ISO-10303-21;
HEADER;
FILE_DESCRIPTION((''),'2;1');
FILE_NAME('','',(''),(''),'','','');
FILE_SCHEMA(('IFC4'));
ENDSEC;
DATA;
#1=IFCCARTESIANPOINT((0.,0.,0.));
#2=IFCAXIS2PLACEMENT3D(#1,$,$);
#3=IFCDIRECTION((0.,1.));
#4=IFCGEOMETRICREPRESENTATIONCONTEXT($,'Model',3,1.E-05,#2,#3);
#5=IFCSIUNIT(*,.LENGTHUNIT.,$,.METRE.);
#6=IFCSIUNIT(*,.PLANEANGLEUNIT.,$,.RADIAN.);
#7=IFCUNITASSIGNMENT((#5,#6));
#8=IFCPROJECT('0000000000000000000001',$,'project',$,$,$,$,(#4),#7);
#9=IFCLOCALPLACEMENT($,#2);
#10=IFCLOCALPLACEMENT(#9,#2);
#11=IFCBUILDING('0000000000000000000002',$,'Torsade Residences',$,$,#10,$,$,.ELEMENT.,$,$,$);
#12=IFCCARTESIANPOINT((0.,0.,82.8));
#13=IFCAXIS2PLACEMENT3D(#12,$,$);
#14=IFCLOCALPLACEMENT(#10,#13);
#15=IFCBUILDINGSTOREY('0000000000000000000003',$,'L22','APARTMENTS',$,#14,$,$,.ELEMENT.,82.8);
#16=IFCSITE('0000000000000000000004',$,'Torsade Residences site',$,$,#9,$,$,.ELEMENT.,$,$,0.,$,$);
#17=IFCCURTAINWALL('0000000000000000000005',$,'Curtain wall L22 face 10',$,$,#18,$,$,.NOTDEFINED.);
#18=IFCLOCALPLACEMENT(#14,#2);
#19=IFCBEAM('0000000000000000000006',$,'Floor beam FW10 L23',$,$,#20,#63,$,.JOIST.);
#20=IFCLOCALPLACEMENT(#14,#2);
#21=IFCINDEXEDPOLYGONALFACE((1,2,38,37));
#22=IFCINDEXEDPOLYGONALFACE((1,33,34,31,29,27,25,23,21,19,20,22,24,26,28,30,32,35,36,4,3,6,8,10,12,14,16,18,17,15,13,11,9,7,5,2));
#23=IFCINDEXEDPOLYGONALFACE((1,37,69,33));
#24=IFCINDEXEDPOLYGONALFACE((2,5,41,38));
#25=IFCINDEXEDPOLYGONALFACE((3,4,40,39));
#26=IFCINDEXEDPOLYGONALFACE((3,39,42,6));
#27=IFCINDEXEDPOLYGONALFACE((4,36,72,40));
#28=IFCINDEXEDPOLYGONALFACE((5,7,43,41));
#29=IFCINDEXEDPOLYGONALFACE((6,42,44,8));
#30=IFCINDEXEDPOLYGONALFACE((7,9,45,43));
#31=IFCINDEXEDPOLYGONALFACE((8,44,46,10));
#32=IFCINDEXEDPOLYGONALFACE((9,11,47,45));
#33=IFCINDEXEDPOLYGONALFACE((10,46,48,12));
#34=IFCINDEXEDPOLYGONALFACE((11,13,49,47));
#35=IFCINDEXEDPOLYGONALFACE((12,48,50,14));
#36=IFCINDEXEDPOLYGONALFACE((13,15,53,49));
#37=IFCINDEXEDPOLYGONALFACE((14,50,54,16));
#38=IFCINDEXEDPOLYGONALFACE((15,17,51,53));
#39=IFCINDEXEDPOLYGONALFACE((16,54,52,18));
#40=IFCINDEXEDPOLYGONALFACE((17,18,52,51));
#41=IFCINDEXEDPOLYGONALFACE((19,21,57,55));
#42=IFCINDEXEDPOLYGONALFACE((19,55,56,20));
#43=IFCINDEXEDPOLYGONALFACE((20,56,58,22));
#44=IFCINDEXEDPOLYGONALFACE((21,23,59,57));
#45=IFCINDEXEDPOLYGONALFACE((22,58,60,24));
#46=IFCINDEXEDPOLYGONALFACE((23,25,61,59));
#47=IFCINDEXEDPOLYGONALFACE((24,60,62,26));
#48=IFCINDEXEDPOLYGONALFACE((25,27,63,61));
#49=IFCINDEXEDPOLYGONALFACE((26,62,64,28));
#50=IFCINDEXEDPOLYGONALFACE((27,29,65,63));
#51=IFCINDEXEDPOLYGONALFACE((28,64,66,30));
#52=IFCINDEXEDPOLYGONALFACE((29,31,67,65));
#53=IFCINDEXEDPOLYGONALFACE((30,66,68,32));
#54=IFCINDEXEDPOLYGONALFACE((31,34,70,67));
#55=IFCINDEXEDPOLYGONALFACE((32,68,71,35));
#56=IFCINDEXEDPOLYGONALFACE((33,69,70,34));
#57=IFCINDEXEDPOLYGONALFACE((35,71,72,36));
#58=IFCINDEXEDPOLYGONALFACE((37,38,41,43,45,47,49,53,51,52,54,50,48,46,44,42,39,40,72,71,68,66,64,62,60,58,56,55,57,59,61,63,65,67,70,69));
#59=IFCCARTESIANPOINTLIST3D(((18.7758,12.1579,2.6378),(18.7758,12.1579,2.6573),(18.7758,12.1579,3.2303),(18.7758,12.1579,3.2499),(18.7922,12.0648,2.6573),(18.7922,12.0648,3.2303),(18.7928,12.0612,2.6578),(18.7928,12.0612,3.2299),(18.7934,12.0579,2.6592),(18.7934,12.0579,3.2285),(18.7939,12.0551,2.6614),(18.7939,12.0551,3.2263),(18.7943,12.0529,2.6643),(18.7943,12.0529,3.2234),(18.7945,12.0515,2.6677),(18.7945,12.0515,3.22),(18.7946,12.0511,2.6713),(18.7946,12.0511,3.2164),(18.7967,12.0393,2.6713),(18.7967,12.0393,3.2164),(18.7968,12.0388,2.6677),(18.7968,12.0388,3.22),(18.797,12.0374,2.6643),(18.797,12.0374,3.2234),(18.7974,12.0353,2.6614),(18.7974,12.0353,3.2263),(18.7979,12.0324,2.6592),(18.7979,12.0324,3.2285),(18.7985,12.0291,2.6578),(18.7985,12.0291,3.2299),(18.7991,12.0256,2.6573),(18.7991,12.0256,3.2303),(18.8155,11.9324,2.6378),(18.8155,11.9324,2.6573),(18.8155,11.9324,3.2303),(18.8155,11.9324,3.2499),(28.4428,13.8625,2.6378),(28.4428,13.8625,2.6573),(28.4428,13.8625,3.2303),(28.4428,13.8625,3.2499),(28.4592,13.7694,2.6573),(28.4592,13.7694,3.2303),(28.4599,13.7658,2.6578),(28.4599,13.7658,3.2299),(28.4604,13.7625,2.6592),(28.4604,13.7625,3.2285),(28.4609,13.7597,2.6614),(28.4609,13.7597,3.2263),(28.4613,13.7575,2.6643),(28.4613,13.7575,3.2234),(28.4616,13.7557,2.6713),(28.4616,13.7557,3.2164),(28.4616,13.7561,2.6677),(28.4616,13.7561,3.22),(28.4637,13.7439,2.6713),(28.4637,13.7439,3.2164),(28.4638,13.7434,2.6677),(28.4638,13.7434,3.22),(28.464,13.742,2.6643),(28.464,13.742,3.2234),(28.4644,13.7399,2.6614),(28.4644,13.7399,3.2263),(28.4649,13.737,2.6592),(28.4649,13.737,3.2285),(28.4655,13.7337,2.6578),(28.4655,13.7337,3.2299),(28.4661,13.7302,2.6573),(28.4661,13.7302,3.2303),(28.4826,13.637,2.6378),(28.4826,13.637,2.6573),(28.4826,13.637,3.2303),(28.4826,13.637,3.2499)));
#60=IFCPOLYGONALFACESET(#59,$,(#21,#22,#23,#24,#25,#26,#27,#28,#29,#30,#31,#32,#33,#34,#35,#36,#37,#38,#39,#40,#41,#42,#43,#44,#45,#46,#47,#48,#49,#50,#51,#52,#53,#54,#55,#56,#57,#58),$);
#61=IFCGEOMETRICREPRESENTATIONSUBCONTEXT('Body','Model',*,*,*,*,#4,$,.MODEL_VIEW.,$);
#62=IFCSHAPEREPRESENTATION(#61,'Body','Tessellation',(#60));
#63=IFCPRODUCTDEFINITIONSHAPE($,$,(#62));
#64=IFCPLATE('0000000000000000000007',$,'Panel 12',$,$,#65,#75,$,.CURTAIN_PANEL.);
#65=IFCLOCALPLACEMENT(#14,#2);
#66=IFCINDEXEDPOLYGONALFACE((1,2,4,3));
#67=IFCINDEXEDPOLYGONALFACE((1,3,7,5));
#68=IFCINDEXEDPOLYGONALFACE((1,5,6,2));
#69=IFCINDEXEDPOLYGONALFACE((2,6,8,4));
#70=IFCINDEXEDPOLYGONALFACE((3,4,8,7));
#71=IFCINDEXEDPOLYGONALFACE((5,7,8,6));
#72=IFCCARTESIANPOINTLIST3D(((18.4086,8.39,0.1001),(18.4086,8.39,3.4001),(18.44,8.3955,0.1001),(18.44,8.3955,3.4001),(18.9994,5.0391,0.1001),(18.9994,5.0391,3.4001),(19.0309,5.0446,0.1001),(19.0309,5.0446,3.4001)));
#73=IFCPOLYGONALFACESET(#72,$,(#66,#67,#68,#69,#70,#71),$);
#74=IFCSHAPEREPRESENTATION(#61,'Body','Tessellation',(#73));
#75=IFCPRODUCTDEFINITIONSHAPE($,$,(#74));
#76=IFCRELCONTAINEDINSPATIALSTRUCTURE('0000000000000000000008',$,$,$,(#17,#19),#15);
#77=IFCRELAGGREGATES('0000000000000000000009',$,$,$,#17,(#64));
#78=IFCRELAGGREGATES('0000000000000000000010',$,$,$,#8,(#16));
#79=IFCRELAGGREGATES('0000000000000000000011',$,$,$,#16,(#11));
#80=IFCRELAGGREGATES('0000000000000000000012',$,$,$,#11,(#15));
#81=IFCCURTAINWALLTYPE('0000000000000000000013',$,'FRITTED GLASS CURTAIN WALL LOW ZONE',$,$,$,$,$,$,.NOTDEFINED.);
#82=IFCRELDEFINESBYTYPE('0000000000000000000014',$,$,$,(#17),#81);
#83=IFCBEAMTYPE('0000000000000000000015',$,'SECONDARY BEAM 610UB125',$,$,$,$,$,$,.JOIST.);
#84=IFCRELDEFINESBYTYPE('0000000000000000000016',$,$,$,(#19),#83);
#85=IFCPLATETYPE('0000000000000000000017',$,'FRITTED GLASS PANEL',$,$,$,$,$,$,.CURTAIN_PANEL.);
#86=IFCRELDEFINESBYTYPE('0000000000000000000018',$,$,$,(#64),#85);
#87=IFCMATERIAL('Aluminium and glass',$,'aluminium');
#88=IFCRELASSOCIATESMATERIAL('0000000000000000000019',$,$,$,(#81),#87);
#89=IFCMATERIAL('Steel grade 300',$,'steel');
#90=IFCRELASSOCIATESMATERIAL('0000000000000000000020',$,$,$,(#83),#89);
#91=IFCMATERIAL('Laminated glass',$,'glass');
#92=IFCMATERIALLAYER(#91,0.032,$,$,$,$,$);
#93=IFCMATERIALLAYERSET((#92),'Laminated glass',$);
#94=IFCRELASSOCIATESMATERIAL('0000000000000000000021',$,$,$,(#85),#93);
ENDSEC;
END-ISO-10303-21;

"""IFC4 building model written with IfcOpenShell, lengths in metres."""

from ifc_helpers import new_model, si_unit, direction, frame, origin, origin_2d, place, context, subcontext, project, spatial, rectangle, i_section, extrude, material, layer, layer_set, material_profile, profile_set, type_object, element, aggregate, save


model = new_model("IFC4")

# Units and contexts
model_context = context("Model", 3, precision=1e-05, world=origin(), true_north=direction((0.0, 1.0)))
body_context = subcontext(model_context, "Body", "Model", "MODEL_VIEW")
ifc_project = project(units=[si_unit("LENGTHUNIT", "METRE"), si_unit("PLANEANGLEUNIT", "RADIAN")], contexts=[model_context])

# Site, building, storey
site_placement = place(None, origin())
site = spatial("IfcSite", under=ifc_project, at=site_placement, Name="Torsade Residences site", CompositionType="ELEMENT", RefElevation=0.0)
building_placement = place(site_placement, origin())
building = spatial("IfcBuilding", under=site, at=building_placement, Name="Torsade Residences", CompositionType="ELEMENT")
storey_placement = place(building_placement, frame((0.0, 0.0, 82.8)))
storey = spatial("IfcBuildingStorey", under=building, at=storey_placement, Name="L22", Description="APARTMENTS", CompositionType="ELEMENT", Elevation=82.8)

# Curtain wall
ifc_material_1 = material(Name="Aluminium and glass", Category="aluminium")
curtain_wall_type = type_object("IfcCurtainWallType", Name="FRITTED GLASS CURTAIN WALL LOW ZONE", PredefinedType="NOTDEFINED", material=ifc_material_1)
curtain_wall_placement = place(storey_placement, origin())
curtain_wall = element("IfcCurtainWall", 1, at=curtain_wall_placement, inside=storey, type_object=curtain_wall_type, Name="Curtain wall L22 face 10", PredefinedType="NOTDEFINED")

# Beam
ifc_material_2 = material(Name="Steel grade 300", Category="steel")
ifc_material_profile_1 = material_profile(ifc_material_2, i_section(OverallWidth=0.229, OverallDepth=0.6121, WebThickness=0.012, FlangeThickness=0.0195, FilletRadius=0.0139, at=origin_2d()), Name="610UB125")
ifc_profile_set_1 = profile_set([ifc_material_profile_1], Name="Steel grade 300")
beam_type_1 = type_object("IfcBeamType", Name="SECONDARY BEAM 610UB125", PredefinedType="JOIST", material=ifc_profile_set_1)
beam_1_placement = place(storey_placement, frame((18.7957, 12.0452, 2.9438), z_axis=(0.984807, 0.173652, 0.0), x_axis=(-0.173652, 0.984807, 0.0)))
element("IfcBeam", 2, at=beam_1_placement, inside=storey, type_object=beam_type_1, Name="Floor beam FW10 L23", PredefinedType="JOIST", context=body_context, shape_type="SweptSolid", body=[
    extrude(i_section(OverallWidth=0.229, OverallDepth=0.6121, WebThickness=0.012, FlangeThickness=0.0195, FilletRadius=0.0139, at=origin_2d()), origin(), (0.0, 0.0, 1.0), 9.8162),
])

# Plate
ifc_material_3 = material(Name="Laminated glass", Category="glass")
ifc_layer_1 = layer(ifc_material_3, 0.032)
ifc_layer_set_1 = layer_set([ifc_layer_1], Name="Laminated glass")
plate_type = type_object("IfcPlateType", Name="FRITTED GLASS PANEL", PredefinedType="CURTAIN_PANEL", material=ifc_layer_set_1)
plate_placement = place(storey_placement, frame((18.7197, 6.7173, 0.1001), z_axis=(0.0, 0.0, 1.0), x_axis=(0.173648, -0.984808, 0.0)))
plate = element("IfcPlate", 3, at=plate_placement, type_object=plate_type, Name="Panel 12", PredefinedType="CURTAIN_PANEL", context=body_context, shape_type="SweptSolid", body=[
    extrude(rectangle(XDim=3.4026, YDim=0.032, at=origin_2d()), origin(), (0.0, 0.0, 1.0), 3.3),
])
aggregate(curtain_wall, [plate])

save(model, "model.ifc")
